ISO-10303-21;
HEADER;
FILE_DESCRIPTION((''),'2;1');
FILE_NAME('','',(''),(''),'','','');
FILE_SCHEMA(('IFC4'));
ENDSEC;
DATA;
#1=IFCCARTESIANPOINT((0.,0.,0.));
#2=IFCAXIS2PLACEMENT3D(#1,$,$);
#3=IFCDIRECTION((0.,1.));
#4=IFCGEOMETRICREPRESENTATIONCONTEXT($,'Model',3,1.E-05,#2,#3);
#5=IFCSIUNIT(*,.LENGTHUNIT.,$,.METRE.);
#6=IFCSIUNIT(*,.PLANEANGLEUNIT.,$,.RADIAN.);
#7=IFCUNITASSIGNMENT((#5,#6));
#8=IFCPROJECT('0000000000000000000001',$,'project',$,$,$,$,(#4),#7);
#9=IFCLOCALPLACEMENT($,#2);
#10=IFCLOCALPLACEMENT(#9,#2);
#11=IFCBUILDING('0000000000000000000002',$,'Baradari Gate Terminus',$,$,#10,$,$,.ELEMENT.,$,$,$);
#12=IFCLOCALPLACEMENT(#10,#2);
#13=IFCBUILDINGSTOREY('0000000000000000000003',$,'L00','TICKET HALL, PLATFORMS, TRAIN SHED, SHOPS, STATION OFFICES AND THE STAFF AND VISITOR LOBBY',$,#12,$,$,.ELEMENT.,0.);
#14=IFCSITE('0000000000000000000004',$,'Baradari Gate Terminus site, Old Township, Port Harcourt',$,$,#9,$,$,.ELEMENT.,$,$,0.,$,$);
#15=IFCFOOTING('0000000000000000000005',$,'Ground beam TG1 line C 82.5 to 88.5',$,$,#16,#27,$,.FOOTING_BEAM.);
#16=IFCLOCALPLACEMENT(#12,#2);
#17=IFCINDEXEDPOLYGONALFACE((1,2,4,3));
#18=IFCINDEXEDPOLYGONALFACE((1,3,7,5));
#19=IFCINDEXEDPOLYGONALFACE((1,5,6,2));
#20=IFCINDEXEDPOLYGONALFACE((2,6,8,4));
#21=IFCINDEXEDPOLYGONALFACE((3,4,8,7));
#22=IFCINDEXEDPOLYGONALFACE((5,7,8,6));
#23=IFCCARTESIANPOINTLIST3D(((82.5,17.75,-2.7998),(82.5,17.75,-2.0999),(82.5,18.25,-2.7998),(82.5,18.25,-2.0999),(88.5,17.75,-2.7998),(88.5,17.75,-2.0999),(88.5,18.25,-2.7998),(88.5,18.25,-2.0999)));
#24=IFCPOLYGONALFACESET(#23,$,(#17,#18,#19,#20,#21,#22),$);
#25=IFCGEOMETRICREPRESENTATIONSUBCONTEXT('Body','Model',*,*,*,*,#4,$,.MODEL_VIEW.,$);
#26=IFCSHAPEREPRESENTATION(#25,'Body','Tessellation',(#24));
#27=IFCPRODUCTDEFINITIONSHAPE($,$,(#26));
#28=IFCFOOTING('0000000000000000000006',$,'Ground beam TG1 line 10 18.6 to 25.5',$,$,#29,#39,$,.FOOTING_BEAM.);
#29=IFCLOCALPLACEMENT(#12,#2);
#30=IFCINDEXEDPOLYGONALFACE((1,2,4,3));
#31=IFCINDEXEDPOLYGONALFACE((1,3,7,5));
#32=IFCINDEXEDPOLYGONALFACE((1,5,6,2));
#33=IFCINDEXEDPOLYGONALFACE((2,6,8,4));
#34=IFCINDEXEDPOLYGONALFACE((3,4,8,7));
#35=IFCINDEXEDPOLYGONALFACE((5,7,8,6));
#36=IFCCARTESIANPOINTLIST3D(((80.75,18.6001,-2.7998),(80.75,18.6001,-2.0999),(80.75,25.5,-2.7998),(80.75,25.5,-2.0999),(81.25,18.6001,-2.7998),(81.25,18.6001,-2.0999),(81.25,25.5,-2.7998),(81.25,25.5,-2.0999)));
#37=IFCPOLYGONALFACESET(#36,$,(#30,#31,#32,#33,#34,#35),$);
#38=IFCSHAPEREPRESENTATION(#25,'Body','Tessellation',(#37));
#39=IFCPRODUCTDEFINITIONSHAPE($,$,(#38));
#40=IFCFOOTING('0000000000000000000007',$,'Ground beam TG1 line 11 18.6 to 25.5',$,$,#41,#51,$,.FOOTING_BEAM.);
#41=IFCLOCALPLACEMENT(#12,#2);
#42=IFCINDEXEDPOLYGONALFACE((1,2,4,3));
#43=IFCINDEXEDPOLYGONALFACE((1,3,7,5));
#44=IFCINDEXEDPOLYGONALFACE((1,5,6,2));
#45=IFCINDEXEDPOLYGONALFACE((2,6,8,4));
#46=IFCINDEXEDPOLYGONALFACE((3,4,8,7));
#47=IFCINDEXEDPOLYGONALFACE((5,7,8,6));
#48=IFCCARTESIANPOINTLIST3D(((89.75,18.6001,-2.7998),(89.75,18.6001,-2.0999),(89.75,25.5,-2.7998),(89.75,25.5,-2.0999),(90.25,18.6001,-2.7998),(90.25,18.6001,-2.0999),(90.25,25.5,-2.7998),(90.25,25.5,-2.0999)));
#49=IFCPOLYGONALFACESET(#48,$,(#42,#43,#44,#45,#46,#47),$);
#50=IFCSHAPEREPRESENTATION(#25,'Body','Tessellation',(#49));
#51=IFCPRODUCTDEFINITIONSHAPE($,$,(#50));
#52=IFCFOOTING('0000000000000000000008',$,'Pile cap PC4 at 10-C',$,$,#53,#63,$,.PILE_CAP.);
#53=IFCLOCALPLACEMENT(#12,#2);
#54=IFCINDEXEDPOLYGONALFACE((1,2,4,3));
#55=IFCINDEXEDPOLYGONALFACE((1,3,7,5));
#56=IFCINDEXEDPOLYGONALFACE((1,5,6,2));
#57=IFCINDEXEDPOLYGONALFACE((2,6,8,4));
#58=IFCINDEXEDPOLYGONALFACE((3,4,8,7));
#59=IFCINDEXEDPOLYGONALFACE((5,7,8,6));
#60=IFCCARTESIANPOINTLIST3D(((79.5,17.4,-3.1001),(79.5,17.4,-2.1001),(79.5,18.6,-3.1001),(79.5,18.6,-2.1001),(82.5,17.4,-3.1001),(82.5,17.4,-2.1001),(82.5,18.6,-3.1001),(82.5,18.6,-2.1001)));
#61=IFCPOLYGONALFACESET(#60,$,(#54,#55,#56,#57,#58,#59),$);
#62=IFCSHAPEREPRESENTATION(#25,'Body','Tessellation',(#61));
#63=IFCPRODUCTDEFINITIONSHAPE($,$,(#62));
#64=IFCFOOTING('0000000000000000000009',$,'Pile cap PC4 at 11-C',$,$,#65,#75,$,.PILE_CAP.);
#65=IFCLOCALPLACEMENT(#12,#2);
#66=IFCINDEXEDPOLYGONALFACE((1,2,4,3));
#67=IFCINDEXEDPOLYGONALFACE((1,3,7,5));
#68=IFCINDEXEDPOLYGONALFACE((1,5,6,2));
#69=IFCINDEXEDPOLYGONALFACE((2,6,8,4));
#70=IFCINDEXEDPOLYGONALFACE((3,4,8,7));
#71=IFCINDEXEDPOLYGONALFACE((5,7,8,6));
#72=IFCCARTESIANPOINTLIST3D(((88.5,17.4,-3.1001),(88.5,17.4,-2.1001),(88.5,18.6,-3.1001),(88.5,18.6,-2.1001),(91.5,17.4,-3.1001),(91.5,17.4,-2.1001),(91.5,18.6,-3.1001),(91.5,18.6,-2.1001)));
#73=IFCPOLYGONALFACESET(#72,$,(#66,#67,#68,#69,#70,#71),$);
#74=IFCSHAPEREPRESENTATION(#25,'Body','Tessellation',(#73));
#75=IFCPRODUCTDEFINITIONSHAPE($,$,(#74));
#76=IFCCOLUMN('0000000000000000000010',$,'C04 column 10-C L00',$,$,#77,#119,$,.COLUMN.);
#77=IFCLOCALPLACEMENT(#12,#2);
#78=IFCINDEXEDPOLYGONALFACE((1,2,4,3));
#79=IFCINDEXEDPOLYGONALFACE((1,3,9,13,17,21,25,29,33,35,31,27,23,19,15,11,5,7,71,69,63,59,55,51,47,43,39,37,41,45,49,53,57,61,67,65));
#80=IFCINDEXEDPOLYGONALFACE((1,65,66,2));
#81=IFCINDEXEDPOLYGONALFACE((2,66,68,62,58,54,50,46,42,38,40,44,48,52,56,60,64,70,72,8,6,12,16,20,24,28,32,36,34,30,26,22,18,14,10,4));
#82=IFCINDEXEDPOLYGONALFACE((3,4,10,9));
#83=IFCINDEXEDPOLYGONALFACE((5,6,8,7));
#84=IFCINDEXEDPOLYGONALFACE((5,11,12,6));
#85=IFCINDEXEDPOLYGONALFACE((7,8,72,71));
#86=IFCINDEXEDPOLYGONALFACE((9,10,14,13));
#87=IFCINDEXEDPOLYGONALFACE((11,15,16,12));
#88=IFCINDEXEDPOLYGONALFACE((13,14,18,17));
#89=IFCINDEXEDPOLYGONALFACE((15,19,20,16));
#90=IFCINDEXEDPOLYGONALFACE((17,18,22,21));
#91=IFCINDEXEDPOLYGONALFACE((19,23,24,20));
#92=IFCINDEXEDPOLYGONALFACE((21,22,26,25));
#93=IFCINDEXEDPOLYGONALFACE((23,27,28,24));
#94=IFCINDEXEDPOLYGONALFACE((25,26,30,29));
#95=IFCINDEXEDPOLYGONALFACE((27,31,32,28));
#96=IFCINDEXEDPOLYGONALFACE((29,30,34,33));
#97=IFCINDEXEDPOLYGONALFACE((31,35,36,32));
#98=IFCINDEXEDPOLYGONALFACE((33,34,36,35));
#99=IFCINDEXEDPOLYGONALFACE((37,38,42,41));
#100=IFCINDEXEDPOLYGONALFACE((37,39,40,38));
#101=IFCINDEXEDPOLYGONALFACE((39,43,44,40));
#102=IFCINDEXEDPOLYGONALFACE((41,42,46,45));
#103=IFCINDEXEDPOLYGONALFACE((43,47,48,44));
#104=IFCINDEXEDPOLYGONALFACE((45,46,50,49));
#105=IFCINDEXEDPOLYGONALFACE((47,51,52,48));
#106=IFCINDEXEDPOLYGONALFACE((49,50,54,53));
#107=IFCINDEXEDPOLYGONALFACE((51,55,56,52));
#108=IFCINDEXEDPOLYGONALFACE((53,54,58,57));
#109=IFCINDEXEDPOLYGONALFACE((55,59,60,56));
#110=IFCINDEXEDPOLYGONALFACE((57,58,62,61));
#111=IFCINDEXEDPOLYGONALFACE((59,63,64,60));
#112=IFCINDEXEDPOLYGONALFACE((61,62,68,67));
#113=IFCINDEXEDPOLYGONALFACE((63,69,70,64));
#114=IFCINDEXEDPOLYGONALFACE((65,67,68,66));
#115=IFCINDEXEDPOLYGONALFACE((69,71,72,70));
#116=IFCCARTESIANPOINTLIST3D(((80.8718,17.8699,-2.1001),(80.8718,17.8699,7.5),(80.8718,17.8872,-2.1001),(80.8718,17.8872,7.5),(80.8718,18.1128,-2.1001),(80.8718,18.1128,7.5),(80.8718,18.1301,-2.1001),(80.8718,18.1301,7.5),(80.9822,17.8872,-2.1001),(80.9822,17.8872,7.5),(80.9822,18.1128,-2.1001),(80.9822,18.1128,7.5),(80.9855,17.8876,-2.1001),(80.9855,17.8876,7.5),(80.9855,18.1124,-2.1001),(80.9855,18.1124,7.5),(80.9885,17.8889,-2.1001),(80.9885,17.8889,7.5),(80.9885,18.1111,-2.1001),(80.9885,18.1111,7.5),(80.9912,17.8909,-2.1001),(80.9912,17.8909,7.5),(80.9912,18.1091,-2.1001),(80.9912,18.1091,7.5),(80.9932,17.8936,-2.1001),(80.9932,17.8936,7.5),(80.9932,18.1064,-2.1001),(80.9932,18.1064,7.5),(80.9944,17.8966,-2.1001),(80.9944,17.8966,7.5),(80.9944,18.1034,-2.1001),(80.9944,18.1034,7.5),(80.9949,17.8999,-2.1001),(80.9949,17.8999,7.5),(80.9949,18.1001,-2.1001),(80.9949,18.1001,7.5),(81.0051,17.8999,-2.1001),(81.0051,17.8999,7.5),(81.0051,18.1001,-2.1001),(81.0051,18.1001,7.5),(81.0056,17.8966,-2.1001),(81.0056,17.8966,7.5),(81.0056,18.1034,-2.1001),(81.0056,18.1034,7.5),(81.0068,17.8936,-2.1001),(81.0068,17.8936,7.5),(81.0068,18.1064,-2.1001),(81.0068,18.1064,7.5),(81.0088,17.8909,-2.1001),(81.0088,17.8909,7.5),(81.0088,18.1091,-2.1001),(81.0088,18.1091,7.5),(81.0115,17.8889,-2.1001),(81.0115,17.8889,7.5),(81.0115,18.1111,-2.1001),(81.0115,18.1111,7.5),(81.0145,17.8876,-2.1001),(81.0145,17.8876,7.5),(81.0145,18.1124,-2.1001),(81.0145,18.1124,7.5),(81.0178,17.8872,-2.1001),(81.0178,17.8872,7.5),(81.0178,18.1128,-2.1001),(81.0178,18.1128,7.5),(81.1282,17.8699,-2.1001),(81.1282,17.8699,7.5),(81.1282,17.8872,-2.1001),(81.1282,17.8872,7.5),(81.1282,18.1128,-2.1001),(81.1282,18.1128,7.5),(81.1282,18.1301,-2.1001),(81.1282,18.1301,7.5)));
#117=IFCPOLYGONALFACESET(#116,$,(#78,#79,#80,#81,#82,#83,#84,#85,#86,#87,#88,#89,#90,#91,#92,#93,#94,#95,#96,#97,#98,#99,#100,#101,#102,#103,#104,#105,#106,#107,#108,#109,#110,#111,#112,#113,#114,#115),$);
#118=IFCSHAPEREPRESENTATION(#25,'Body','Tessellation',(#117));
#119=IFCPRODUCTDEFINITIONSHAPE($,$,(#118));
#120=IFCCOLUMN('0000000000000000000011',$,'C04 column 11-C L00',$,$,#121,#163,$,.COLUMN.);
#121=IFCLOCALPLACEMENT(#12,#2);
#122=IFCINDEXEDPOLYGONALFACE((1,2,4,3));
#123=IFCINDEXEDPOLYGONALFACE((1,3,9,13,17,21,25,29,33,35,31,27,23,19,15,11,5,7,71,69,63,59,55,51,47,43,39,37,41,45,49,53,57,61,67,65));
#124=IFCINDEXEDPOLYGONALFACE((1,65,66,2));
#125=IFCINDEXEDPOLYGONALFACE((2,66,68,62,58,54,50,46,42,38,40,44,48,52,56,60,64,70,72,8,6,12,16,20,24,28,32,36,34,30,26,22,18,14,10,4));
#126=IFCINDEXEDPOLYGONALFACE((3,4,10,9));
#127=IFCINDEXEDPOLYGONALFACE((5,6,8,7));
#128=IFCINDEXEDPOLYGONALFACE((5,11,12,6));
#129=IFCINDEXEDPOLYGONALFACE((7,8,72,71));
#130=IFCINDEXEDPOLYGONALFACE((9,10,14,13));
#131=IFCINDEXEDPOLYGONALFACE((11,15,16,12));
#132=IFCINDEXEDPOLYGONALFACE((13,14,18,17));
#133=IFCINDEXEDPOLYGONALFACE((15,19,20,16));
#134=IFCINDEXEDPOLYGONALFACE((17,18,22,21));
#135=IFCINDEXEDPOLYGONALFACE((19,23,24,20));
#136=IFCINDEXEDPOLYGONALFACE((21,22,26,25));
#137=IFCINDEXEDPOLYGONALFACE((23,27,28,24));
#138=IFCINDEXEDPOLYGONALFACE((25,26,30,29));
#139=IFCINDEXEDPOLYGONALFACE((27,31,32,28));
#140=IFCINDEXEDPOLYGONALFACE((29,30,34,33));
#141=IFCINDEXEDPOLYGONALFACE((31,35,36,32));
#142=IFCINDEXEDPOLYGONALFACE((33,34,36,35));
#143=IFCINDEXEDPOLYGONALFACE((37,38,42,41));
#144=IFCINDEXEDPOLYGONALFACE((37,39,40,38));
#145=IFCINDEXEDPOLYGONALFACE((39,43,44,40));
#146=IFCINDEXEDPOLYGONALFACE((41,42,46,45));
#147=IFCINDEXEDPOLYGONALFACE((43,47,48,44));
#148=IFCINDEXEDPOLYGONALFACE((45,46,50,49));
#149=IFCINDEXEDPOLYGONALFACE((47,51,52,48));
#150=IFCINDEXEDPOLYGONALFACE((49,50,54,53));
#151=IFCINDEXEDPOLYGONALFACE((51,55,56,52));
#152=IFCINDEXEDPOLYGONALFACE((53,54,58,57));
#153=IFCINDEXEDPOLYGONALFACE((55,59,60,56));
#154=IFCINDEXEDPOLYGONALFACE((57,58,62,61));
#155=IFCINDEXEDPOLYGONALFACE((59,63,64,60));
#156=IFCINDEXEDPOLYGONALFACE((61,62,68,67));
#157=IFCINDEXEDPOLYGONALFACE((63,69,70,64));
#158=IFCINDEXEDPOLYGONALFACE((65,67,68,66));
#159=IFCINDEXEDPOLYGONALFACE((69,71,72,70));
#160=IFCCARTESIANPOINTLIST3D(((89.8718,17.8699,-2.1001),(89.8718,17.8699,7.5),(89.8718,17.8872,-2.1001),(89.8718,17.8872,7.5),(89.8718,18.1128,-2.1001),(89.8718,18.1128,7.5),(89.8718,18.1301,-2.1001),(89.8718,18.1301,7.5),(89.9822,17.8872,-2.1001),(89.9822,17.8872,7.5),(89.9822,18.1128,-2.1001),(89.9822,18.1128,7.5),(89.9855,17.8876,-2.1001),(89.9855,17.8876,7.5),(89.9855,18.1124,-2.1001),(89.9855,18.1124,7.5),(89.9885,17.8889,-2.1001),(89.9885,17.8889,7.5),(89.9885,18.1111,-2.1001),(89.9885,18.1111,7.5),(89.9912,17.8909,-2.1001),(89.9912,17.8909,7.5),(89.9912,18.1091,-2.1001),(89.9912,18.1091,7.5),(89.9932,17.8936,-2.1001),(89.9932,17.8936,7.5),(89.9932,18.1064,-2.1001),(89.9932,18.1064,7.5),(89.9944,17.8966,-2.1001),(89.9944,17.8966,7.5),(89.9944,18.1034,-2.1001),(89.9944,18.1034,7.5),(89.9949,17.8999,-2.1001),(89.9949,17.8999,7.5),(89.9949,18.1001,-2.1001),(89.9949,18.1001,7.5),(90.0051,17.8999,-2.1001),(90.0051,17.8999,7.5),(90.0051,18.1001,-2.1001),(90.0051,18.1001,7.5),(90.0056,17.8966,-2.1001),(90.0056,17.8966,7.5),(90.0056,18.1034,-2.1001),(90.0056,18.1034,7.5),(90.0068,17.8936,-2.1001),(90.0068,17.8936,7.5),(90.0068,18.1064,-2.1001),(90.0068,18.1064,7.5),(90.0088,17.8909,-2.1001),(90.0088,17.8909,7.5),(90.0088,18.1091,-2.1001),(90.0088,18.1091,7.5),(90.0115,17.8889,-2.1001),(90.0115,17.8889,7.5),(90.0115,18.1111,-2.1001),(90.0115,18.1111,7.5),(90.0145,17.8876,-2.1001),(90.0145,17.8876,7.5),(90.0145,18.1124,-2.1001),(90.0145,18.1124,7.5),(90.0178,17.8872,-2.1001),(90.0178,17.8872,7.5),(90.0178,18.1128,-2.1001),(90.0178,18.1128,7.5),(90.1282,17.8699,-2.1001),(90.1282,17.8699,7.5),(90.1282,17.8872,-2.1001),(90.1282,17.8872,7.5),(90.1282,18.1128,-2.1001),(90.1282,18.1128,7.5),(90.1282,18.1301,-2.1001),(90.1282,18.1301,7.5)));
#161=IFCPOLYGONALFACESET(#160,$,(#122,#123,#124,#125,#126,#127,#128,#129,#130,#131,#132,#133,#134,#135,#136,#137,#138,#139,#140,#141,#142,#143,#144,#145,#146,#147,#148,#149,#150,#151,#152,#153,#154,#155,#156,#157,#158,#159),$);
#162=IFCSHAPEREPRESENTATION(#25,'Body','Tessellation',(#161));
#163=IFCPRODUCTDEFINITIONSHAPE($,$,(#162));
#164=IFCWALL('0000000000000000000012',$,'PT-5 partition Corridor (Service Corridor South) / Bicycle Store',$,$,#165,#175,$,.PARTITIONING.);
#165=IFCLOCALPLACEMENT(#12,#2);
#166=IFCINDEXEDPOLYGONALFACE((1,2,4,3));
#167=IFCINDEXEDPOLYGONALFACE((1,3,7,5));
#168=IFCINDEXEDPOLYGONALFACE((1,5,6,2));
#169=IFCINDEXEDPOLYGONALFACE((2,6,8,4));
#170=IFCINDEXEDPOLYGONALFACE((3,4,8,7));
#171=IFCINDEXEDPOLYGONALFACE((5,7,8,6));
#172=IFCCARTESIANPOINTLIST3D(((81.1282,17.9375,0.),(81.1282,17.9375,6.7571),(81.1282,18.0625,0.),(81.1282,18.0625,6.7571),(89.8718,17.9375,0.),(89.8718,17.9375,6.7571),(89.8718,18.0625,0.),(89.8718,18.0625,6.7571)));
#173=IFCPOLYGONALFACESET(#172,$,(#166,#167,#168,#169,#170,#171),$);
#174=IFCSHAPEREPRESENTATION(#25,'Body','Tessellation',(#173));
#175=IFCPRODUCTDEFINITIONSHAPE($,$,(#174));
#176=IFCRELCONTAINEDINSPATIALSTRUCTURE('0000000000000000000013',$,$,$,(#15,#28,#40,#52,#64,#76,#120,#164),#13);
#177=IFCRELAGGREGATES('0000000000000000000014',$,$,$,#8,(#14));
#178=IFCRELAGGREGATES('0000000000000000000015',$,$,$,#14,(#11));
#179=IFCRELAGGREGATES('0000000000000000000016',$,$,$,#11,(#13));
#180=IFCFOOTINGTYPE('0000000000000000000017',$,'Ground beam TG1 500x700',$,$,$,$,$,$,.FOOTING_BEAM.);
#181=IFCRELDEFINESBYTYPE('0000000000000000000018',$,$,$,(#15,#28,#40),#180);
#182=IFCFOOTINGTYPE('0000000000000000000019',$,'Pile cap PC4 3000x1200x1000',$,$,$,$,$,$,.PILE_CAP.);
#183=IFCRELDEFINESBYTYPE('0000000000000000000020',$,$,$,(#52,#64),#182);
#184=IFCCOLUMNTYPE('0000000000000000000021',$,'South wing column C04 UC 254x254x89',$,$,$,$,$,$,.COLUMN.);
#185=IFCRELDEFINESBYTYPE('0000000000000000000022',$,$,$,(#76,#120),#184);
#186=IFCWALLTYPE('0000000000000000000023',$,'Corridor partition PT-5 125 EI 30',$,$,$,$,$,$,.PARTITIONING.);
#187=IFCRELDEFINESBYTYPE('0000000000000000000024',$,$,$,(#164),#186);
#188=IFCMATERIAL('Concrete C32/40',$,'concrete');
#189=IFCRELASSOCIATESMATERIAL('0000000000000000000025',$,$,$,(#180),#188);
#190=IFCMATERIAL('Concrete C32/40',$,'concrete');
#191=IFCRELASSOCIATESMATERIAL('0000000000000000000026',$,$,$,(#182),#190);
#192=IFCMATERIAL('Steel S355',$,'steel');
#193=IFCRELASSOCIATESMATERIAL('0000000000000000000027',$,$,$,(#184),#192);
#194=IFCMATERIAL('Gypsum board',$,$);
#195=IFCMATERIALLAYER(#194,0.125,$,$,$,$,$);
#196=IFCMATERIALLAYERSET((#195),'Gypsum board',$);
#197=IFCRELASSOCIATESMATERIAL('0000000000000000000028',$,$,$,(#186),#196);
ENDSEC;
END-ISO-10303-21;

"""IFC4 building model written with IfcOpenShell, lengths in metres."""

from ifc_helpers import new_model, si_unit, direction, frame, frame_2d, origin, origin_2d, place, context, subcontext, project, spatial, rectangle, i_section, extrude, material, layer, layer_set, material_profile, profile_set, type_object, element, save


model = new_model("IFC4")

# Units and contexts
model_context = context("Model", 3, precision=1e-05, world=origin(), true_north=direction((0.0, 1.0)))
body_context = subcontext(model_context, "Body", "Model", "MODEL_VIEW")
ifc_project = project(units=[si_unit("LENGTHUNIT", "METRE"), si_unit("PLANEANGLEUNIT", "RADIAN")], contexts=[model_context])

# Site, building, storey
site_placement = place(None, origin())
site = spatial("IfcSite", under=ifc_project, at=site_placement, Name="Baradari Gate Terminus site, Old Township, Port Harcourt", CompositionType="ELEMENT", RefElevation=0.0)
building_placement = place(site_placement, origin())
building = spatial("IfcBuilding", under=site, at=building_placement, Name="Baradari Gate Terminus", CompositionType="ELEMENT")
storey_placement = place(building_placement, origin())
storey = spatial("IfcBuildingStorey", under=building, at=storey_placement, Name="L00", Description="TICKET HALL, PLATFORMS, TRAIN SHED, SHOPS, STATION OFFICES AND THE STAFF AND VISITOR LOBBY", CompositionType="ELEMENT", Elevation=0.0)

# Footings
ifc_material_1 = material(Name="Concrete C32/40", Category="concrete")
footing_type_1 = type_object("IfcFootingType", Name="Ground beam TG1 500x700", PredefinedType="FOOTING_BEAM", material=ifc_material_1)
footing_placement = place(storey_placement, frame((85.5, 18.0, -2.7998), z_axis=(0.0, 0.0, 1.0), x_axis=(1.0, 0.0, 0.0)))
element("IfcFooting", 1, at=footing_placement, inside=storey, type_object=footing_type_1, Name="Ground beam TG1 line C 82.5 to 88.5", PredefinedType="FOOTING_BEAM", context=body_context, shape_type="SweptSolid", body=[
    extrude(rectangle(XDim=6.0, YDim=0.5, at=origin_2d()), origin(), (0.0, 0.0, 1.0), 0.7),
])
for number, where, z_axis, x_axis, name in (
    (2, (81.0, 22.05, -2.7998), (0.0, 0.0, 1.0), (1.0, 0.0, 0.0), "Ground beam TG1 line 10 18.6 to 25.5"),
    (3, (90.0, 22.05, -2.7998), (0.0, 0.0, 1.0), (1.0, 0.0, 0.0), "Ground beam TG1 line 11 18.6 to 25.5"),
):
    element("IfcFooting", number, at=place(storey_placement, frame(where, z_axis=z_axis, x_axis=x_axis)), inside=storey, type_object=footing_type_1, Name=name, PredefinedType="FOOTING_BEAM", context=body_context, shape_type="SweptSolid", body=[
        extrude(rectangle(XDim=0.5, YDim=6.8999, at=origin_2d()), origin(), (0.0, 0.0, 1.0), 0.7),
    ])
ifc_material_2 = material(Name="Concrete C32/40", Category="concrete")
footing_type_2 = type_object("IfcFootingType", Name="Pile cap PC4 3000x1200x1000", PredefinedType="PILE_CAP", material=ifc_material_2)
for number, where, z_axis, x_axis, name in (
    (4, (81.0, 18.0, -3.1001), (0.0, 0.0, 1.0), (1.0, 0.0, 0.0), "Pile cap PC4 at 10-C"),
    (5, (90.0, 18.0, -3.1001), (0.0, 0.0, 1.0), (1.0, 0.0, 0.0), "Pile cap PC4 at 11-C"),
):
    element("IfcFooting", number, at=place(storey_placement, frame(where, z_axis=z_axis, x_axis=x_axis)), inside=storey, type_object=footing_type_2, Name=name, PredefinedType="PILE_CAP", context=body_context, shape_type="SweptSolid", body=[
        extrude(rectangle(XDim=3.0, YDim=1.2, at=origin_2d()), origin(), (0.0, 0.0, 1.0), 1.0),
    ])

# Columns
ifc_material_3 = material(Name="Steel S355", Category="steel")
ifc_material_profile = material_profile(ifc_material_3, i_section(OverallWidth=0.2563, OverallDepth=0.2603, WebThickness=0.0103, FlangeThickness=0.0173, FilletRadius=0.0127, at=origin_2d()), Name="UC 254x254x89")
ifc_profile_set = profile_set([ifc_material_profile], Name="Steel S355")
column_type = type_object("IfcColumnType", Name="South wing column C04 UC 254x254x89", PredefinedType="COLUMN", material=ifc_profile_set)
for number, where, z_axis, x_axis, name in (
    (6, (81.0, 18.0, -2.1001), (0.0, 0.0, 1.0), (1.0, 0.0, 0.0), "C04 column 10-C L00"),
    (7, (90.0, 18.0, -2.1001), (0.0, 0.0, 1.0), (1.0, 0.0, 0.0), "C04 column 11-C L00"),
):
    element("IfcColumn", number, at=place(storey_placement, frame(where, z_axis=z_axis, x_axis=x_axis)), inside=storey, type_object=column_type, Name=name, PredefinedType="COLUMN", context=body_context, shape_type="SweptSolid", body=[
        extrude(i_section(OverallWidth=0.2563, OverallDepth=0.2603, WebThickness=0.0103, FlangeThickness=0.0173, FilletRadius=0.0127, at=origin_2d()), origin(), (0.0, 0.0, 1.0), 9.6001),
    ])

# Wall
ifc_material_4 = material(Name="Gypsum board")
ifc_layer_1 = layer(ifc_material_4, 0.125)
ifc_layer_set_1 = layer_set([ifc_layer_1], Name="Gypsum board")
wall_type_1 = type_object("IfcWallType", Name="Corridor partition PT-5 125 EI 30", PredefinedType="PARTITIONING", material=ifc_layer_set_1)
wall_1_placement = place(storey_placement, frame((89.8718, 18.0, 0.0), z_axis=(0.0, 0.0, 1.0), x_axis=(-1.0, 0.0, 0.0)))
element("IfcWall", 8, at=wall_1_placement, inside=storey, type_object=wall_type_1, Name="PT-5 partition Corridor (Service Corridor South) / Bicycle Store", PredefinedType="PARTITIONING", context=body_context, shape_type="SweptSolid", body=[
    extrude(rectangle(XDim=8.7437, YDim=0.125, at=frame_2d((4.3718, 0.0))), origin(), (0.0, 0.0, 1.0), 6.7571),
])

save(model, "model.ifc")
